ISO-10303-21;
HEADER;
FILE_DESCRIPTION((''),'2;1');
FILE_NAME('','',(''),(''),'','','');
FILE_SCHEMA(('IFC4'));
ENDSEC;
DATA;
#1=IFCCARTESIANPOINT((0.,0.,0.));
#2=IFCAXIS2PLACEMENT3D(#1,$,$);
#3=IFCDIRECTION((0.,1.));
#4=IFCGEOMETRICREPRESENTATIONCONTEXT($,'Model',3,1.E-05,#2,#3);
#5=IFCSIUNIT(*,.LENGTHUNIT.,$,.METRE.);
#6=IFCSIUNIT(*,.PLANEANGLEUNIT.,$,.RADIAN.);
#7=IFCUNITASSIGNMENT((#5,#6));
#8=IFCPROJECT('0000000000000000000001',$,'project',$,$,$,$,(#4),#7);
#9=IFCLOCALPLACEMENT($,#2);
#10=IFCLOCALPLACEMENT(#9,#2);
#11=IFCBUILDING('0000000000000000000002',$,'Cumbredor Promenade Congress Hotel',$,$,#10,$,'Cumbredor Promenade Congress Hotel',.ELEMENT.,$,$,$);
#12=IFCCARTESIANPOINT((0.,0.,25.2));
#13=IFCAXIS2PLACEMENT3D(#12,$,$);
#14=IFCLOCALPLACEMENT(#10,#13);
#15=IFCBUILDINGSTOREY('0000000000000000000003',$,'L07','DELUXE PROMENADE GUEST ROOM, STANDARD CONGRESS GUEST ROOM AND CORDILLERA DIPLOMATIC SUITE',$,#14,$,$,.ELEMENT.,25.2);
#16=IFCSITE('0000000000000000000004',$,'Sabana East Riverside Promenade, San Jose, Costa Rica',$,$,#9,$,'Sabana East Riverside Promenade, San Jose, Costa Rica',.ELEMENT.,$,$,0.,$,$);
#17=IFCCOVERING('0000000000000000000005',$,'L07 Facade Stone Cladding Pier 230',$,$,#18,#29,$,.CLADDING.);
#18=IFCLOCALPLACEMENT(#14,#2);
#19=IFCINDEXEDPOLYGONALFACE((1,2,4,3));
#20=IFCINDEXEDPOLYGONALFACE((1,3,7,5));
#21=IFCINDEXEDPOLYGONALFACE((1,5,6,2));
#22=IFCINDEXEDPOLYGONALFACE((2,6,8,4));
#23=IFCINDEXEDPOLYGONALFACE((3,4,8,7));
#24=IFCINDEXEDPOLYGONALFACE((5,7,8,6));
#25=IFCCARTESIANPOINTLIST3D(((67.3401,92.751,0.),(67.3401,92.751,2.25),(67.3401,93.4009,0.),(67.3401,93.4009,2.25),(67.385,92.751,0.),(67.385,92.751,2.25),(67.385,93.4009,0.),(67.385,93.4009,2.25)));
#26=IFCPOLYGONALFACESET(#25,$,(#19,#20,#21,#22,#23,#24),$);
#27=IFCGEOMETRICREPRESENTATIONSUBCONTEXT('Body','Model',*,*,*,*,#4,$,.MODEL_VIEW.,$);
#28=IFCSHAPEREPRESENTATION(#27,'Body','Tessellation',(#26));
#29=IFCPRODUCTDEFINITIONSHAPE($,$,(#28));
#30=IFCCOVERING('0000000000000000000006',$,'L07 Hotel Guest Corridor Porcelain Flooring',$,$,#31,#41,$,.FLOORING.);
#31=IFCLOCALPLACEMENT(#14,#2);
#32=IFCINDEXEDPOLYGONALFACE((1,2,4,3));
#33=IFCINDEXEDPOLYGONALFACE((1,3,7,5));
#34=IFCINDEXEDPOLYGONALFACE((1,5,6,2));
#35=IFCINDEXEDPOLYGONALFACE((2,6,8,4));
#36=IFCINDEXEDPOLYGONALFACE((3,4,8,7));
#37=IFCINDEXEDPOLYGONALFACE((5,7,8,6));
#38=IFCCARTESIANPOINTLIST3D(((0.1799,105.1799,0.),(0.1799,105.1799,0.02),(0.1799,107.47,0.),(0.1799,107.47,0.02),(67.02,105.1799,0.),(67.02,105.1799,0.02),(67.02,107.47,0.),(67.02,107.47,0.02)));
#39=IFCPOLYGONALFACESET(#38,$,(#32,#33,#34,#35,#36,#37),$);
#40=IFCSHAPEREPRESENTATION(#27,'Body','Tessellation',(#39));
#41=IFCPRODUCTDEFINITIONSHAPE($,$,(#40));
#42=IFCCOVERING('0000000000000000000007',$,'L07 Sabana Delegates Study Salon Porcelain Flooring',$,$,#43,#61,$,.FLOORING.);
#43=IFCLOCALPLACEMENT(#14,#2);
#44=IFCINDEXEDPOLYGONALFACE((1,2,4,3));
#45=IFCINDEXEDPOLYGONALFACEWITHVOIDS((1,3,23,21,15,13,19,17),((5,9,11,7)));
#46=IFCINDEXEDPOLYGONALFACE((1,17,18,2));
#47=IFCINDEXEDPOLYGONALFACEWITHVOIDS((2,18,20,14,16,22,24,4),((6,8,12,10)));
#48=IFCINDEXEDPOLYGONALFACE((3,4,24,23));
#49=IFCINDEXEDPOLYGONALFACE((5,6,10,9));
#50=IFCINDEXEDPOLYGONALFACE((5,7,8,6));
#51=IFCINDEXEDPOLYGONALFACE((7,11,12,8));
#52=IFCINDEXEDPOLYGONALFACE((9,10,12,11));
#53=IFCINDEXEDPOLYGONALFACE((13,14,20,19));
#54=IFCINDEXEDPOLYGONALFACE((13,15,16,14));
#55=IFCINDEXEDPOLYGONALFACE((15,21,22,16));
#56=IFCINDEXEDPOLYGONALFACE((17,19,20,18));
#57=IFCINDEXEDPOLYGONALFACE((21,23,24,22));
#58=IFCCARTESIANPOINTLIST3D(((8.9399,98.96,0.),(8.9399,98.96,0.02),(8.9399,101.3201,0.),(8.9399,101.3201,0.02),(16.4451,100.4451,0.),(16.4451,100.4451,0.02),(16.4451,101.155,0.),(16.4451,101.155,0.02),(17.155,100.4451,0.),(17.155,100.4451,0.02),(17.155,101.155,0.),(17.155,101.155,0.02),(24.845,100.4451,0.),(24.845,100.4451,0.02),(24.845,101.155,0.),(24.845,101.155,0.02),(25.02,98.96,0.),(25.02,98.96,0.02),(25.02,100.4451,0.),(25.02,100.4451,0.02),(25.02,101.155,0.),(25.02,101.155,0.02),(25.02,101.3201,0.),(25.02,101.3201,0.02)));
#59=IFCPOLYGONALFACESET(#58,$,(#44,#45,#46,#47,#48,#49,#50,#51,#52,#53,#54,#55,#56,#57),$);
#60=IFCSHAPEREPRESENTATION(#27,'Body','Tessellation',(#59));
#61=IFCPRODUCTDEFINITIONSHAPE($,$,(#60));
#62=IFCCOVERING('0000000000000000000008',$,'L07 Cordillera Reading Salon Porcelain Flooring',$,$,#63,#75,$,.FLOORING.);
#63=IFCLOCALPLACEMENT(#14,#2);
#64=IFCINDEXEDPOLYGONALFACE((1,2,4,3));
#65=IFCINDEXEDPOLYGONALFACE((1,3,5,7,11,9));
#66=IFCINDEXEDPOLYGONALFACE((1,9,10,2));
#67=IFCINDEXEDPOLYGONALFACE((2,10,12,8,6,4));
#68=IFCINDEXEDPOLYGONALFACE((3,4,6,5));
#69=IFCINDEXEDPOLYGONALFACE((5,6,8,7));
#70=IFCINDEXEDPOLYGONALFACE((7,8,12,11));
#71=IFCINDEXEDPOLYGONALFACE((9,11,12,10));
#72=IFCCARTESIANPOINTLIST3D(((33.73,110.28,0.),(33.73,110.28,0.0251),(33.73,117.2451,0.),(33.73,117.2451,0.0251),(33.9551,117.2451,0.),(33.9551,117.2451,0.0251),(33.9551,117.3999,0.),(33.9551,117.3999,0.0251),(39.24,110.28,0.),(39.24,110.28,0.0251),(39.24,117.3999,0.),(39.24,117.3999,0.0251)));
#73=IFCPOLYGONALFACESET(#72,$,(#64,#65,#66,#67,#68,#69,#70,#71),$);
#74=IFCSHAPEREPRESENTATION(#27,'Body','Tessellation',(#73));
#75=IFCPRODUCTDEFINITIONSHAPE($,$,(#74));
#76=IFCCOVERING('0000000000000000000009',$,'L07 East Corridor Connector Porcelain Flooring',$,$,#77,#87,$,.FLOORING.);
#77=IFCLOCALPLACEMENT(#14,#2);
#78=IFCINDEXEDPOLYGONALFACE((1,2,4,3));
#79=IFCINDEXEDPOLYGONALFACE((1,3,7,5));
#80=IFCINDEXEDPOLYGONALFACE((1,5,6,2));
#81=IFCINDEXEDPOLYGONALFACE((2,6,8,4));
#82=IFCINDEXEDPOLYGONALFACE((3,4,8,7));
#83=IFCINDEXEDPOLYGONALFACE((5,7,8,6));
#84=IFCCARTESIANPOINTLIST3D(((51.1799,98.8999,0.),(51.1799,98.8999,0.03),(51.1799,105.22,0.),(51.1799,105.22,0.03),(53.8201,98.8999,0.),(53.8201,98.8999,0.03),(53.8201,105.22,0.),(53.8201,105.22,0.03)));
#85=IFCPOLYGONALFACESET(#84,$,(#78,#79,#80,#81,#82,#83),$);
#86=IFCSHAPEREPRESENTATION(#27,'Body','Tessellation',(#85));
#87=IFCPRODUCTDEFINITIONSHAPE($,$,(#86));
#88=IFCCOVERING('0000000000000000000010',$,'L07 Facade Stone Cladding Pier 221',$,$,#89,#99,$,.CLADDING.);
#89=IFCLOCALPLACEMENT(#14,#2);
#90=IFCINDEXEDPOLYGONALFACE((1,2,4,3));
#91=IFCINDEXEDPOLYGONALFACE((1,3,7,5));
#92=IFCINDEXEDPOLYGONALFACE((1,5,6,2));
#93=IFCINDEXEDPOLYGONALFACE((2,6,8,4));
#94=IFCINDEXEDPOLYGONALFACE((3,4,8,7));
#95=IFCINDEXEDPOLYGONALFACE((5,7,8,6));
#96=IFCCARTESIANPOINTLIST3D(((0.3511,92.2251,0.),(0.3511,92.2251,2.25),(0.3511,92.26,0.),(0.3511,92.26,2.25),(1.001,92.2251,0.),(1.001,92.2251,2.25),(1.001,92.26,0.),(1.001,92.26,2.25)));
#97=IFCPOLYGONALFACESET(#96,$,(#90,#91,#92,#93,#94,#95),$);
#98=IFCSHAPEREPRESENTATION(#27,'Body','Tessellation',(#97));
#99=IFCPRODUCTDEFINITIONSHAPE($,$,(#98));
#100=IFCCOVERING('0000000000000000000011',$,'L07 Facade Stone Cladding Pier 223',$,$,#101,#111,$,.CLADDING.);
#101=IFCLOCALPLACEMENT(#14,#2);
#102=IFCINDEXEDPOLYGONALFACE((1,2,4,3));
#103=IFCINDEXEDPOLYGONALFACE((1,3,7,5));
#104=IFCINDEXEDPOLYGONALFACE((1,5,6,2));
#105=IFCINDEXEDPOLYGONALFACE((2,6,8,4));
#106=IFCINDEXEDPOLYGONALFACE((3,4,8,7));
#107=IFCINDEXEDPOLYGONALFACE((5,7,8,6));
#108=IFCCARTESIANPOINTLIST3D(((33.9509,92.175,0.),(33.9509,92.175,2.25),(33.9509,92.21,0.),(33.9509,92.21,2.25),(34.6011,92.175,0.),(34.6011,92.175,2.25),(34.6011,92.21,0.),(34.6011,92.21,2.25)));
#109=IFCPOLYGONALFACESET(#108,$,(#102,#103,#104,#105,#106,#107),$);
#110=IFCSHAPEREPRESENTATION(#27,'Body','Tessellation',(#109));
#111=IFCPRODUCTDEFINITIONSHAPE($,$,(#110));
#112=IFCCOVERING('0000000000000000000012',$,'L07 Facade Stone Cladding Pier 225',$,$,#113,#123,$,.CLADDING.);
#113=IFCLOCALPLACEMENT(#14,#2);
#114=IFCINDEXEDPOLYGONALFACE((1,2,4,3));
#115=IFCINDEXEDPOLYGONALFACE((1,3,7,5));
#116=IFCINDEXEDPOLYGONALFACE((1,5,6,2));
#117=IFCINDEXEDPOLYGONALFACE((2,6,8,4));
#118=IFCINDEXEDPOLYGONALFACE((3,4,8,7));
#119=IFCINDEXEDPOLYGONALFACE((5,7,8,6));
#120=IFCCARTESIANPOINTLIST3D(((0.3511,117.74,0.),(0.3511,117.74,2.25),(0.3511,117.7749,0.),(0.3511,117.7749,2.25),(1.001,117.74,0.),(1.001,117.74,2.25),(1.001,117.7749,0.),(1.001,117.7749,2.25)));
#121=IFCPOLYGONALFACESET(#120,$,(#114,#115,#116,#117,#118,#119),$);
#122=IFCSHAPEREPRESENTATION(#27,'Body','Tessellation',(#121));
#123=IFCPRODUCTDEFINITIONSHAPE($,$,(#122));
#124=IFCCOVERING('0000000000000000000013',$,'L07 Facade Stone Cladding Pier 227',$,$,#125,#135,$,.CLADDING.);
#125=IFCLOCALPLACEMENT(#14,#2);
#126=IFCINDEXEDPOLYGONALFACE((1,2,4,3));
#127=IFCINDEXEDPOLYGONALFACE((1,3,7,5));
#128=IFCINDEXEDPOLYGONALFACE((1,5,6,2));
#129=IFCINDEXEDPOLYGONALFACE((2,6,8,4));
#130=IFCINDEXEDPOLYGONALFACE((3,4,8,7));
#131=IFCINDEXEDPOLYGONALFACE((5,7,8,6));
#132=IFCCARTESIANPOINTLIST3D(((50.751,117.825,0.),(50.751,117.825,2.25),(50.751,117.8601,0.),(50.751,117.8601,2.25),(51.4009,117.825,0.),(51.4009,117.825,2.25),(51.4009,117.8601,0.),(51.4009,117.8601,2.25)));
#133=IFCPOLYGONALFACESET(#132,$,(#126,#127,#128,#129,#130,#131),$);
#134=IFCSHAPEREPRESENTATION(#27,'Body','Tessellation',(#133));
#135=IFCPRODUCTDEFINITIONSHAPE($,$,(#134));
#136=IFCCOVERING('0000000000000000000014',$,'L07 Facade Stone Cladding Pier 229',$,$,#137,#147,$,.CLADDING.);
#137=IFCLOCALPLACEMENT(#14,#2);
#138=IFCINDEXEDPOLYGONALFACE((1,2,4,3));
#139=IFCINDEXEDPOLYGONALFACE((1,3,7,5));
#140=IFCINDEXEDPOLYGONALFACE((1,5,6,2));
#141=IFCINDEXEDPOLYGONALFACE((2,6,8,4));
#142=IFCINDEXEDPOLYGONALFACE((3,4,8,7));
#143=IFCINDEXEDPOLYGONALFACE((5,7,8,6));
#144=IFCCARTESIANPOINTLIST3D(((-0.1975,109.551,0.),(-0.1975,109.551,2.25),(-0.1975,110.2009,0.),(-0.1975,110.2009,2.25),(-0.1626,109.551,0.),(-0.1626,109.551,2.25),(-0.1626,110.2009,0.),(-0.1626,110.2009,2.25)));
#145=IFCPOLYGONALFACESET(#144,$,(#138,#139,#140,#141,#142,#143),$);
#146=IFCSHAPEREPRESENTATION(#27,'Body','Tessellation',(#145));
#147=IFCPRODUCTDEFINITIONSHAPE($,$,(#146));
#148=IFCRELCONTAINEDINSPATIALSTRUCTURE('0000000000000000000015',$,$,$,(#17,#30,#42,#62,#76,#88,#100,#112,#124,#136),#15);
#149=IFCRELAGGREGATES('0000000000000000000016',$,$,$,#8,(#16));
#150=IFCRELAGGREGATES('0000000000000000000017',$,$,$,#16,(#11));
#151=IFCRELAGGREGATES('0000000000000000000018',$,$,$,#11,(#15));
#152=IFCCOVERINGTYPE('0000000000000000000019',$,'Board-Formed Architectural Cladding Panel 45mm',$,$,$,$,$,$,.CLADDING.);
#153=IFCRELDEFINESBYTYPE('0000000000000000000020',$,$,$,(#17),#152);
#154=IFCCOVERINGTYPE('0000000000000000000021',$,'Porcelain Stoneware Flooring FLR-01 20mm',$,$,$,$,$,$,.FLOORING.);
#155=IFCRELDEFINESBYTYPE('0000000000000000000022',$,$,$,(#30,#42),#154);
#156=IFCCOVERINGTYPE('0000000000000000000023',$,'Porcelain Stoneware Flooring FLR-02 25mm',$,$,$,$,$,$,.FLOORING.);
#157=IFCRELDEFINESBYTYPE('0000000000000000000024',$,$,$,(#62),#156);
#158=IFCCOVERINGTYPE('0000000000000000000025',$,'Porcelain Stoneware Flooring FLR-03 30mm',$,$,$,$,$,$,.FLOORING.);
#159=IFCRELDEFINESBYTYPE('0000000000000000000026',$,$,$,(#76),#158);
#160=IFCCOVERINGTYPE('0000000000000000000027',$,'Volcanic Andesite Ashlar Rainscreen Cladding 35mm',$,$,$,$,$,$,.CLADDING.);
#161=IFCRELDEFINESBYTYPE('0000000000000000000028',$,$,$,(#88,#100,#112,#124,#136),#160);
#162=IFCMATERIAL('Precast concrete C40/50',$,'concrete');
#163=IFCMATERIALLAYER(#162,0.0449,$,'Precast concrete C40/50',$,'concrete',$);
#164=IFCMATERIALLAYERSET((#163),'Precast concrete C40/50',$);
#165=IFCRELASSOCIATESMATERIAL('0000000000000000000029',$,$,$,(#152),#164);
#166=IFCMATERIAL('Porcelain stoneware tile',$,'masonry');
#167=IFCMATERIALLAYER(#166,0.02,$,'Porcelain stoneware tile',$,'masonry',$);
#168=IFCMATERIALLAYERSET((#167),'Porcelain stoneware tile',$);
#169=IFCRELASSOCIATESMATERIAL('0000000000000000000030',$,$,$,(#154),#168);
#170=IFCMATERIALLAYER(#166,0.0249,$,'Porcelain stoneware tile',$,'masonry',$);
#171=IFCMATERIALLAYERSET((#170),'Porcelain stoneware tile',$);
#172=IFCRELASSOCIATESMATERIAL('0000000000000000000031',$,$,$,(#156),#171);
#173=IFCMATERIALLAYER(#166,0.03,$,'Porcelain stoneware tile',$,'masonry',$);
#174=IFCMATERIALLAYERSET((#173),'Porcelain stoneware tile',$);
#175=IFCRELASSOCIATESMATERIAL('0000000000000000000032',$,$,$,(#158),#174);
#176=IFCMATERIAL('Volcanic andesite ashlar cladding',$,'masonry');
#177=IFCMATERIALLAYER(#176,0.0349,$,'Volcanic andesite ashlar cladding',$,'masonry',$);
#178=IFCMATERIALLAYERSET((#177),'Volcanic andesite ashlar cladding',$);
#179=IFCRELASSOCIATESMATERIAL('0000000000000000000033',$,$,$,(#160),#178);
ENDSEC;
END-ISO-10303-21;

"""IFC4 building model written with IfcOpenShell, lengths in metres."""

from ifc_helpers import new_model, si_unit, direction, frame, origin, place, context, subcontext, project, spatial, polyline, outline, extrude, material, layer, layer_set, type_object, element, save


model = new_model("IFC4")

# Units and contexts
model_context = context("Model", 3, precision=1e-05, world=origin(), true_north=direction((0.0, 1.0)))
body_context = subcontext(model_context, "Body", "Model", "MODEL_VIEW")
ifc_project = project(units=[si_unit("LENGTHUNIT", "METRE"), si_unit("PLANEANGLEUNIT", "RADIAN")], contexts=[model_context])

# Site, building, storey
site_placement = place(None, origin())
site = spatial("IfcSite", under=ifc_project, at=site_placement, Name="Sabana East Riverside Promenade, San Jose, Costa Rica", LongName="Sabana East Riverside Promenade, San Jose, Costa Rica", CompositionType="ELEMENT", RefElevation=0.0)
building_placement = place(site_placement, origin())
building = spatial("IfcBuilding", under=site, at=building_placement, Name="Cumbredor Promenade Congress Hotel", LongName="Cumbredor Promenade Congress Hotel", CompositionType="ELEMENT")
storey_placement = place(building_placement, frame((0.0, 0.0, 25.2)))
storey = spatial("IfcBuildingStorey", under=building, at=storey_placement, Name="L07", Description="DELUXE PROMENADE GUEST ROOM, STANDARD CONGRESS GUEST ROOM AND CORDILLERA DIPLOMATIC SUITE", CompositionType="ELEMENT", Elevation=25.2)

# Coverings
ifc_material_1 = material(Name="Precast concrete C40/50", Category="concrete")
ifc_layer_1 = layer(ifc_material_1, 0.0449, Name="Precast concrete C40/50", Category="concrete")
ifc_layer_set_1 = layer_set([ifc_layer_1], Name="Precast concrete C40/50")
covering_type_1 = type_object("IfcCoveringType", Name="Board-Formed Architectural Cladding Panel 45mm", PredefinedType="CLADDING", material=ifc_layer_set_1)
covering_1_placement = place(storey_placement, origin())
element("IfcCovering", 1, at=covering_1_placement, inside=storey, type_object=covering_type_1, Name="L07 Facade Stone Cladding Pier 230", PredefinedType="CLADDING", context=body_context, shape_type="SweptSolid", body=[
    extrude(outline(polyline([(67.3401, 92.751), (67.3401, 93.4009), (67.385, 93.4009), (67.385, 92.751), (67.3401, 92.751)])), origin(), (0.0, 0.0, 1.0), 2.25),
])
ifc_material_2 = material(Name="Porcelain stoneware tile", Category="masonry")
ifc_layer_2 = layer(ifc_material_2, 0.02, Name="Porcelain stoneware tile", Category="masonry")
ifc_layer_set_2 = layer_set([ifc_layer_2], Name="Porcelain stoneware tile")
covering_type_2 = type_object("IfcCoveringType", Name="Porcelain Stoneware Flooring FLR-01 20mm", PredefinedType="FLOORING", material=ifc_layer_set_2)
covering_2_placement = place(storey_placement, origin())
element("IfcCovering", 2, at=covering_2_placement, inside=storey, type_object=covering_type_2, Name="L07 Hotel Guest Corridor Porcelain Flooring", PredefinedType="FLOORING", context=body_context, shape_type="SweptSolid", body=[
    extrude(outline(polyline([(67.02, 105.1799), (67.02, 107.47), (0.1799, 107.47), (0.1799, 105.1799), (67.02, 105.1799)])), origin(), (0.0, 0.0, 1.0), 0.02),
])
covering_3_placement = place(storey_placement, origin())
element("IfcCovering", 3, at=covering_3_placement, inside=storey, type_object=covering_type_2, Name="L07 Sabana Delegates Study Salon Porcelain Flooring", PredefinedType="FLOORING", context=body_context, shape_type="SweptSolid", body=[
    extrude(outline(polyline([(8.9399, 101.3201), (25.02, 101.3201), (25.02, 101.155), (24.845, 101.155), (24.845, 100.4451), (25.02, 100.4451), (25.02, 98.96), (8.9399, 98.96), (8.9399, 101.3201)]), holes=[polyline([(16.4451, 101.155), (16.4451, 100.4451), (17.155, 100.4451), (17.155, 101.155), (16.4451, 101.155)])]), origin(), (0.0, 0.0, 1.0), 0.02),
])
ifc_layer_3 = layer(ifc_material_2, 0.0249, Name="Porcelain stoneware tile", Category="masonry")
ifc_layer_set_3 = layer_set([ifc_layer_3], Name="Porcelain stoneware tile")
covering_type_3 = type_object("IfcCoveringType", Name="Porcelain Stoneware Flooring FLR-02 25mm", PredefinedType="FLOORING", material=ifc_layer_set_3)
covering_4_placement = place(storey_placement, origin())
element("IfcCovering", 4, at=covering_4_placement, inside=storey, type_object=covering_type_3, Name="L07 Cordillera Reading Salon Porcelain Flooring", PredefinedType="FLOORING", context=body_context, shape_type="SweptSolid", body=[
    extrude(outline(polyline([(39.24, 117.3999), (39.24, 110.28), (33.73, 110.28), (33.73, 117.2451), (33.9551, 117.2451), (33.9551, 117.3999), (39.24, 117.3999)])), origin(), (0.0, 0.0, 1.0), 0.0251),
])
ifc_layer_4 = layer(ifc_material_2, 0.03, Name="Porcelain stoneware tile", Category="masonry")
ifc_layer_set_4 = layer_set([ifc_layer_4], Name="Porcelain stoneware tile")
covering_type_4 = type_object("IfcCoveringType", Name="Porcelain Stoneware Flooring FLR-03 30mm", PredefinedType="FLOORING", material=ifc_layer_set_4)
covering_5_placement = place(storey_placement, origin())
element("IfcCovering", 5, at=covering_5_placement, inside=storey, type_object=covering_type_4, Name="L07 East Corridor Connector Porcelain Flooring", PredefinedType="FLOORING", context=body_context, shape_type="SweptSolid", body=[
    extrude(outline(polyline([(53.8201, 98.8999), (53.8201, 105.22), (51.1799, 105.22), (51.1799, 98.8999), (53.8201, 98.8999)])), origin(), (0.0, 0.0, 1.0), 0.03),
])
ifc_material_3 = material(Name="Volcanic andesite ashlar cladding", Category="masonry")
ifc_layer_5 = layer(ifc_material_3, 0.0349, Name="Volcanic andesite ashlar cladding", Category="masonry")
ifc_layer_set_5 = layer_set([ifc_layer_5], Name="Volcanic andesite ashlar cladding")
covering_type_5 = type_object("IfcCoveringType", Name="Volcanic Andesite Ashlar Rainscreen Cladding 35mm", PredefinedType="CLADDING", material=ifc_layer_set_5)
covering_6_placement = place(storey_placement, origin())
element("IfcCovering", 6, at=covering_6_placement, inside=storey, type_object=covering_type_5, Name="L07 Facade Stone Cladding Pier 221", PredefinedType="CLADDING", context=body_context, shape_type="SweptSolid", body=[
    extrude(outline(polyline([(0.3511, 92.26), (1.001, 92.26), (1.001, 92.2251), (0.3511, 92.2251), (0.3511, 92.26)])), origin(), (0.0, 0.0, 1.0), 2.25),
])
covering_7_placement = place(storey_placement, origin())
element("IfcCovering", 7, at=covering_7_placement, inside=storey, type_object=covering_type_5, Name="L07 Facade Stone Cladding Pier 223", PredefinedType="CLADDING", context=body_context, shape_type="SweptSolid", body=[
    extrude(outline(polyline([(33.9509, 92.21), (34.6011, 92.21), (34.6011, 92.175), (33.9509, 92.175), (33.9509, 92.21)])), origin(), (0.0, 0.0, 1.0), 2.25),
])
covering_8_placement = place(storey_placement, origin())
element("IfcCovering", 8, at=covering_8_placement, inside=storey, type_object=covering_type_5, Name="L07 Facade Stone Cladding Pier 225", PredefinedType="CLADDING", context=body_context, shape_type="SweptSolid", body=[
    extrude(outline(polyline([(0.3511, 117.74), (1.001, 117.74), (1.001, 117.7749), (0.3511, 117.7749), (0.3511, 117.74)])), origin(), (0.0, 0.0, 1.0), 2.25),
])
covering_9_placement = place(storey_placement, origin())
element("IfcCovering", 9, at=covering_9_placement, inside=storey, type_object=covering_type_5, Name="L07 Facade Stone Cladding Pier 227", PredefinedType="CLADDING", context=body_context, shape_type="SweptSolid", body=[
    extrude(outline(polyline([(50.751, 117.825), (51.4009, 117.825), (51.4009, 117.8601), (50.751, 117.8601), (50.751, 117.825)])), origin(), (0.0, 0.0, 1.0), 2.25),
])
covering_10_placement = place(storey_placement, origin())
element("IfcCovering", 10, at=covering_10_placement, inside=storey, type_object=covering_type_5, Name="L07 Facade Stone Cladding Pier 229", PredefinedType="CLADDING", context=body_context, shape_type="SweptSolid", body=[
    extrude(outline(polyline([(-0.1626, 109.551), (-0.1626, 110.2009), (-0.1975, 110.2009), (-0.1975, 109.551), (-0.1626, 109.551)])), origin(), (0.0, 0.0, 1.0), 2.25),
])

save(model, "model.ifc")
